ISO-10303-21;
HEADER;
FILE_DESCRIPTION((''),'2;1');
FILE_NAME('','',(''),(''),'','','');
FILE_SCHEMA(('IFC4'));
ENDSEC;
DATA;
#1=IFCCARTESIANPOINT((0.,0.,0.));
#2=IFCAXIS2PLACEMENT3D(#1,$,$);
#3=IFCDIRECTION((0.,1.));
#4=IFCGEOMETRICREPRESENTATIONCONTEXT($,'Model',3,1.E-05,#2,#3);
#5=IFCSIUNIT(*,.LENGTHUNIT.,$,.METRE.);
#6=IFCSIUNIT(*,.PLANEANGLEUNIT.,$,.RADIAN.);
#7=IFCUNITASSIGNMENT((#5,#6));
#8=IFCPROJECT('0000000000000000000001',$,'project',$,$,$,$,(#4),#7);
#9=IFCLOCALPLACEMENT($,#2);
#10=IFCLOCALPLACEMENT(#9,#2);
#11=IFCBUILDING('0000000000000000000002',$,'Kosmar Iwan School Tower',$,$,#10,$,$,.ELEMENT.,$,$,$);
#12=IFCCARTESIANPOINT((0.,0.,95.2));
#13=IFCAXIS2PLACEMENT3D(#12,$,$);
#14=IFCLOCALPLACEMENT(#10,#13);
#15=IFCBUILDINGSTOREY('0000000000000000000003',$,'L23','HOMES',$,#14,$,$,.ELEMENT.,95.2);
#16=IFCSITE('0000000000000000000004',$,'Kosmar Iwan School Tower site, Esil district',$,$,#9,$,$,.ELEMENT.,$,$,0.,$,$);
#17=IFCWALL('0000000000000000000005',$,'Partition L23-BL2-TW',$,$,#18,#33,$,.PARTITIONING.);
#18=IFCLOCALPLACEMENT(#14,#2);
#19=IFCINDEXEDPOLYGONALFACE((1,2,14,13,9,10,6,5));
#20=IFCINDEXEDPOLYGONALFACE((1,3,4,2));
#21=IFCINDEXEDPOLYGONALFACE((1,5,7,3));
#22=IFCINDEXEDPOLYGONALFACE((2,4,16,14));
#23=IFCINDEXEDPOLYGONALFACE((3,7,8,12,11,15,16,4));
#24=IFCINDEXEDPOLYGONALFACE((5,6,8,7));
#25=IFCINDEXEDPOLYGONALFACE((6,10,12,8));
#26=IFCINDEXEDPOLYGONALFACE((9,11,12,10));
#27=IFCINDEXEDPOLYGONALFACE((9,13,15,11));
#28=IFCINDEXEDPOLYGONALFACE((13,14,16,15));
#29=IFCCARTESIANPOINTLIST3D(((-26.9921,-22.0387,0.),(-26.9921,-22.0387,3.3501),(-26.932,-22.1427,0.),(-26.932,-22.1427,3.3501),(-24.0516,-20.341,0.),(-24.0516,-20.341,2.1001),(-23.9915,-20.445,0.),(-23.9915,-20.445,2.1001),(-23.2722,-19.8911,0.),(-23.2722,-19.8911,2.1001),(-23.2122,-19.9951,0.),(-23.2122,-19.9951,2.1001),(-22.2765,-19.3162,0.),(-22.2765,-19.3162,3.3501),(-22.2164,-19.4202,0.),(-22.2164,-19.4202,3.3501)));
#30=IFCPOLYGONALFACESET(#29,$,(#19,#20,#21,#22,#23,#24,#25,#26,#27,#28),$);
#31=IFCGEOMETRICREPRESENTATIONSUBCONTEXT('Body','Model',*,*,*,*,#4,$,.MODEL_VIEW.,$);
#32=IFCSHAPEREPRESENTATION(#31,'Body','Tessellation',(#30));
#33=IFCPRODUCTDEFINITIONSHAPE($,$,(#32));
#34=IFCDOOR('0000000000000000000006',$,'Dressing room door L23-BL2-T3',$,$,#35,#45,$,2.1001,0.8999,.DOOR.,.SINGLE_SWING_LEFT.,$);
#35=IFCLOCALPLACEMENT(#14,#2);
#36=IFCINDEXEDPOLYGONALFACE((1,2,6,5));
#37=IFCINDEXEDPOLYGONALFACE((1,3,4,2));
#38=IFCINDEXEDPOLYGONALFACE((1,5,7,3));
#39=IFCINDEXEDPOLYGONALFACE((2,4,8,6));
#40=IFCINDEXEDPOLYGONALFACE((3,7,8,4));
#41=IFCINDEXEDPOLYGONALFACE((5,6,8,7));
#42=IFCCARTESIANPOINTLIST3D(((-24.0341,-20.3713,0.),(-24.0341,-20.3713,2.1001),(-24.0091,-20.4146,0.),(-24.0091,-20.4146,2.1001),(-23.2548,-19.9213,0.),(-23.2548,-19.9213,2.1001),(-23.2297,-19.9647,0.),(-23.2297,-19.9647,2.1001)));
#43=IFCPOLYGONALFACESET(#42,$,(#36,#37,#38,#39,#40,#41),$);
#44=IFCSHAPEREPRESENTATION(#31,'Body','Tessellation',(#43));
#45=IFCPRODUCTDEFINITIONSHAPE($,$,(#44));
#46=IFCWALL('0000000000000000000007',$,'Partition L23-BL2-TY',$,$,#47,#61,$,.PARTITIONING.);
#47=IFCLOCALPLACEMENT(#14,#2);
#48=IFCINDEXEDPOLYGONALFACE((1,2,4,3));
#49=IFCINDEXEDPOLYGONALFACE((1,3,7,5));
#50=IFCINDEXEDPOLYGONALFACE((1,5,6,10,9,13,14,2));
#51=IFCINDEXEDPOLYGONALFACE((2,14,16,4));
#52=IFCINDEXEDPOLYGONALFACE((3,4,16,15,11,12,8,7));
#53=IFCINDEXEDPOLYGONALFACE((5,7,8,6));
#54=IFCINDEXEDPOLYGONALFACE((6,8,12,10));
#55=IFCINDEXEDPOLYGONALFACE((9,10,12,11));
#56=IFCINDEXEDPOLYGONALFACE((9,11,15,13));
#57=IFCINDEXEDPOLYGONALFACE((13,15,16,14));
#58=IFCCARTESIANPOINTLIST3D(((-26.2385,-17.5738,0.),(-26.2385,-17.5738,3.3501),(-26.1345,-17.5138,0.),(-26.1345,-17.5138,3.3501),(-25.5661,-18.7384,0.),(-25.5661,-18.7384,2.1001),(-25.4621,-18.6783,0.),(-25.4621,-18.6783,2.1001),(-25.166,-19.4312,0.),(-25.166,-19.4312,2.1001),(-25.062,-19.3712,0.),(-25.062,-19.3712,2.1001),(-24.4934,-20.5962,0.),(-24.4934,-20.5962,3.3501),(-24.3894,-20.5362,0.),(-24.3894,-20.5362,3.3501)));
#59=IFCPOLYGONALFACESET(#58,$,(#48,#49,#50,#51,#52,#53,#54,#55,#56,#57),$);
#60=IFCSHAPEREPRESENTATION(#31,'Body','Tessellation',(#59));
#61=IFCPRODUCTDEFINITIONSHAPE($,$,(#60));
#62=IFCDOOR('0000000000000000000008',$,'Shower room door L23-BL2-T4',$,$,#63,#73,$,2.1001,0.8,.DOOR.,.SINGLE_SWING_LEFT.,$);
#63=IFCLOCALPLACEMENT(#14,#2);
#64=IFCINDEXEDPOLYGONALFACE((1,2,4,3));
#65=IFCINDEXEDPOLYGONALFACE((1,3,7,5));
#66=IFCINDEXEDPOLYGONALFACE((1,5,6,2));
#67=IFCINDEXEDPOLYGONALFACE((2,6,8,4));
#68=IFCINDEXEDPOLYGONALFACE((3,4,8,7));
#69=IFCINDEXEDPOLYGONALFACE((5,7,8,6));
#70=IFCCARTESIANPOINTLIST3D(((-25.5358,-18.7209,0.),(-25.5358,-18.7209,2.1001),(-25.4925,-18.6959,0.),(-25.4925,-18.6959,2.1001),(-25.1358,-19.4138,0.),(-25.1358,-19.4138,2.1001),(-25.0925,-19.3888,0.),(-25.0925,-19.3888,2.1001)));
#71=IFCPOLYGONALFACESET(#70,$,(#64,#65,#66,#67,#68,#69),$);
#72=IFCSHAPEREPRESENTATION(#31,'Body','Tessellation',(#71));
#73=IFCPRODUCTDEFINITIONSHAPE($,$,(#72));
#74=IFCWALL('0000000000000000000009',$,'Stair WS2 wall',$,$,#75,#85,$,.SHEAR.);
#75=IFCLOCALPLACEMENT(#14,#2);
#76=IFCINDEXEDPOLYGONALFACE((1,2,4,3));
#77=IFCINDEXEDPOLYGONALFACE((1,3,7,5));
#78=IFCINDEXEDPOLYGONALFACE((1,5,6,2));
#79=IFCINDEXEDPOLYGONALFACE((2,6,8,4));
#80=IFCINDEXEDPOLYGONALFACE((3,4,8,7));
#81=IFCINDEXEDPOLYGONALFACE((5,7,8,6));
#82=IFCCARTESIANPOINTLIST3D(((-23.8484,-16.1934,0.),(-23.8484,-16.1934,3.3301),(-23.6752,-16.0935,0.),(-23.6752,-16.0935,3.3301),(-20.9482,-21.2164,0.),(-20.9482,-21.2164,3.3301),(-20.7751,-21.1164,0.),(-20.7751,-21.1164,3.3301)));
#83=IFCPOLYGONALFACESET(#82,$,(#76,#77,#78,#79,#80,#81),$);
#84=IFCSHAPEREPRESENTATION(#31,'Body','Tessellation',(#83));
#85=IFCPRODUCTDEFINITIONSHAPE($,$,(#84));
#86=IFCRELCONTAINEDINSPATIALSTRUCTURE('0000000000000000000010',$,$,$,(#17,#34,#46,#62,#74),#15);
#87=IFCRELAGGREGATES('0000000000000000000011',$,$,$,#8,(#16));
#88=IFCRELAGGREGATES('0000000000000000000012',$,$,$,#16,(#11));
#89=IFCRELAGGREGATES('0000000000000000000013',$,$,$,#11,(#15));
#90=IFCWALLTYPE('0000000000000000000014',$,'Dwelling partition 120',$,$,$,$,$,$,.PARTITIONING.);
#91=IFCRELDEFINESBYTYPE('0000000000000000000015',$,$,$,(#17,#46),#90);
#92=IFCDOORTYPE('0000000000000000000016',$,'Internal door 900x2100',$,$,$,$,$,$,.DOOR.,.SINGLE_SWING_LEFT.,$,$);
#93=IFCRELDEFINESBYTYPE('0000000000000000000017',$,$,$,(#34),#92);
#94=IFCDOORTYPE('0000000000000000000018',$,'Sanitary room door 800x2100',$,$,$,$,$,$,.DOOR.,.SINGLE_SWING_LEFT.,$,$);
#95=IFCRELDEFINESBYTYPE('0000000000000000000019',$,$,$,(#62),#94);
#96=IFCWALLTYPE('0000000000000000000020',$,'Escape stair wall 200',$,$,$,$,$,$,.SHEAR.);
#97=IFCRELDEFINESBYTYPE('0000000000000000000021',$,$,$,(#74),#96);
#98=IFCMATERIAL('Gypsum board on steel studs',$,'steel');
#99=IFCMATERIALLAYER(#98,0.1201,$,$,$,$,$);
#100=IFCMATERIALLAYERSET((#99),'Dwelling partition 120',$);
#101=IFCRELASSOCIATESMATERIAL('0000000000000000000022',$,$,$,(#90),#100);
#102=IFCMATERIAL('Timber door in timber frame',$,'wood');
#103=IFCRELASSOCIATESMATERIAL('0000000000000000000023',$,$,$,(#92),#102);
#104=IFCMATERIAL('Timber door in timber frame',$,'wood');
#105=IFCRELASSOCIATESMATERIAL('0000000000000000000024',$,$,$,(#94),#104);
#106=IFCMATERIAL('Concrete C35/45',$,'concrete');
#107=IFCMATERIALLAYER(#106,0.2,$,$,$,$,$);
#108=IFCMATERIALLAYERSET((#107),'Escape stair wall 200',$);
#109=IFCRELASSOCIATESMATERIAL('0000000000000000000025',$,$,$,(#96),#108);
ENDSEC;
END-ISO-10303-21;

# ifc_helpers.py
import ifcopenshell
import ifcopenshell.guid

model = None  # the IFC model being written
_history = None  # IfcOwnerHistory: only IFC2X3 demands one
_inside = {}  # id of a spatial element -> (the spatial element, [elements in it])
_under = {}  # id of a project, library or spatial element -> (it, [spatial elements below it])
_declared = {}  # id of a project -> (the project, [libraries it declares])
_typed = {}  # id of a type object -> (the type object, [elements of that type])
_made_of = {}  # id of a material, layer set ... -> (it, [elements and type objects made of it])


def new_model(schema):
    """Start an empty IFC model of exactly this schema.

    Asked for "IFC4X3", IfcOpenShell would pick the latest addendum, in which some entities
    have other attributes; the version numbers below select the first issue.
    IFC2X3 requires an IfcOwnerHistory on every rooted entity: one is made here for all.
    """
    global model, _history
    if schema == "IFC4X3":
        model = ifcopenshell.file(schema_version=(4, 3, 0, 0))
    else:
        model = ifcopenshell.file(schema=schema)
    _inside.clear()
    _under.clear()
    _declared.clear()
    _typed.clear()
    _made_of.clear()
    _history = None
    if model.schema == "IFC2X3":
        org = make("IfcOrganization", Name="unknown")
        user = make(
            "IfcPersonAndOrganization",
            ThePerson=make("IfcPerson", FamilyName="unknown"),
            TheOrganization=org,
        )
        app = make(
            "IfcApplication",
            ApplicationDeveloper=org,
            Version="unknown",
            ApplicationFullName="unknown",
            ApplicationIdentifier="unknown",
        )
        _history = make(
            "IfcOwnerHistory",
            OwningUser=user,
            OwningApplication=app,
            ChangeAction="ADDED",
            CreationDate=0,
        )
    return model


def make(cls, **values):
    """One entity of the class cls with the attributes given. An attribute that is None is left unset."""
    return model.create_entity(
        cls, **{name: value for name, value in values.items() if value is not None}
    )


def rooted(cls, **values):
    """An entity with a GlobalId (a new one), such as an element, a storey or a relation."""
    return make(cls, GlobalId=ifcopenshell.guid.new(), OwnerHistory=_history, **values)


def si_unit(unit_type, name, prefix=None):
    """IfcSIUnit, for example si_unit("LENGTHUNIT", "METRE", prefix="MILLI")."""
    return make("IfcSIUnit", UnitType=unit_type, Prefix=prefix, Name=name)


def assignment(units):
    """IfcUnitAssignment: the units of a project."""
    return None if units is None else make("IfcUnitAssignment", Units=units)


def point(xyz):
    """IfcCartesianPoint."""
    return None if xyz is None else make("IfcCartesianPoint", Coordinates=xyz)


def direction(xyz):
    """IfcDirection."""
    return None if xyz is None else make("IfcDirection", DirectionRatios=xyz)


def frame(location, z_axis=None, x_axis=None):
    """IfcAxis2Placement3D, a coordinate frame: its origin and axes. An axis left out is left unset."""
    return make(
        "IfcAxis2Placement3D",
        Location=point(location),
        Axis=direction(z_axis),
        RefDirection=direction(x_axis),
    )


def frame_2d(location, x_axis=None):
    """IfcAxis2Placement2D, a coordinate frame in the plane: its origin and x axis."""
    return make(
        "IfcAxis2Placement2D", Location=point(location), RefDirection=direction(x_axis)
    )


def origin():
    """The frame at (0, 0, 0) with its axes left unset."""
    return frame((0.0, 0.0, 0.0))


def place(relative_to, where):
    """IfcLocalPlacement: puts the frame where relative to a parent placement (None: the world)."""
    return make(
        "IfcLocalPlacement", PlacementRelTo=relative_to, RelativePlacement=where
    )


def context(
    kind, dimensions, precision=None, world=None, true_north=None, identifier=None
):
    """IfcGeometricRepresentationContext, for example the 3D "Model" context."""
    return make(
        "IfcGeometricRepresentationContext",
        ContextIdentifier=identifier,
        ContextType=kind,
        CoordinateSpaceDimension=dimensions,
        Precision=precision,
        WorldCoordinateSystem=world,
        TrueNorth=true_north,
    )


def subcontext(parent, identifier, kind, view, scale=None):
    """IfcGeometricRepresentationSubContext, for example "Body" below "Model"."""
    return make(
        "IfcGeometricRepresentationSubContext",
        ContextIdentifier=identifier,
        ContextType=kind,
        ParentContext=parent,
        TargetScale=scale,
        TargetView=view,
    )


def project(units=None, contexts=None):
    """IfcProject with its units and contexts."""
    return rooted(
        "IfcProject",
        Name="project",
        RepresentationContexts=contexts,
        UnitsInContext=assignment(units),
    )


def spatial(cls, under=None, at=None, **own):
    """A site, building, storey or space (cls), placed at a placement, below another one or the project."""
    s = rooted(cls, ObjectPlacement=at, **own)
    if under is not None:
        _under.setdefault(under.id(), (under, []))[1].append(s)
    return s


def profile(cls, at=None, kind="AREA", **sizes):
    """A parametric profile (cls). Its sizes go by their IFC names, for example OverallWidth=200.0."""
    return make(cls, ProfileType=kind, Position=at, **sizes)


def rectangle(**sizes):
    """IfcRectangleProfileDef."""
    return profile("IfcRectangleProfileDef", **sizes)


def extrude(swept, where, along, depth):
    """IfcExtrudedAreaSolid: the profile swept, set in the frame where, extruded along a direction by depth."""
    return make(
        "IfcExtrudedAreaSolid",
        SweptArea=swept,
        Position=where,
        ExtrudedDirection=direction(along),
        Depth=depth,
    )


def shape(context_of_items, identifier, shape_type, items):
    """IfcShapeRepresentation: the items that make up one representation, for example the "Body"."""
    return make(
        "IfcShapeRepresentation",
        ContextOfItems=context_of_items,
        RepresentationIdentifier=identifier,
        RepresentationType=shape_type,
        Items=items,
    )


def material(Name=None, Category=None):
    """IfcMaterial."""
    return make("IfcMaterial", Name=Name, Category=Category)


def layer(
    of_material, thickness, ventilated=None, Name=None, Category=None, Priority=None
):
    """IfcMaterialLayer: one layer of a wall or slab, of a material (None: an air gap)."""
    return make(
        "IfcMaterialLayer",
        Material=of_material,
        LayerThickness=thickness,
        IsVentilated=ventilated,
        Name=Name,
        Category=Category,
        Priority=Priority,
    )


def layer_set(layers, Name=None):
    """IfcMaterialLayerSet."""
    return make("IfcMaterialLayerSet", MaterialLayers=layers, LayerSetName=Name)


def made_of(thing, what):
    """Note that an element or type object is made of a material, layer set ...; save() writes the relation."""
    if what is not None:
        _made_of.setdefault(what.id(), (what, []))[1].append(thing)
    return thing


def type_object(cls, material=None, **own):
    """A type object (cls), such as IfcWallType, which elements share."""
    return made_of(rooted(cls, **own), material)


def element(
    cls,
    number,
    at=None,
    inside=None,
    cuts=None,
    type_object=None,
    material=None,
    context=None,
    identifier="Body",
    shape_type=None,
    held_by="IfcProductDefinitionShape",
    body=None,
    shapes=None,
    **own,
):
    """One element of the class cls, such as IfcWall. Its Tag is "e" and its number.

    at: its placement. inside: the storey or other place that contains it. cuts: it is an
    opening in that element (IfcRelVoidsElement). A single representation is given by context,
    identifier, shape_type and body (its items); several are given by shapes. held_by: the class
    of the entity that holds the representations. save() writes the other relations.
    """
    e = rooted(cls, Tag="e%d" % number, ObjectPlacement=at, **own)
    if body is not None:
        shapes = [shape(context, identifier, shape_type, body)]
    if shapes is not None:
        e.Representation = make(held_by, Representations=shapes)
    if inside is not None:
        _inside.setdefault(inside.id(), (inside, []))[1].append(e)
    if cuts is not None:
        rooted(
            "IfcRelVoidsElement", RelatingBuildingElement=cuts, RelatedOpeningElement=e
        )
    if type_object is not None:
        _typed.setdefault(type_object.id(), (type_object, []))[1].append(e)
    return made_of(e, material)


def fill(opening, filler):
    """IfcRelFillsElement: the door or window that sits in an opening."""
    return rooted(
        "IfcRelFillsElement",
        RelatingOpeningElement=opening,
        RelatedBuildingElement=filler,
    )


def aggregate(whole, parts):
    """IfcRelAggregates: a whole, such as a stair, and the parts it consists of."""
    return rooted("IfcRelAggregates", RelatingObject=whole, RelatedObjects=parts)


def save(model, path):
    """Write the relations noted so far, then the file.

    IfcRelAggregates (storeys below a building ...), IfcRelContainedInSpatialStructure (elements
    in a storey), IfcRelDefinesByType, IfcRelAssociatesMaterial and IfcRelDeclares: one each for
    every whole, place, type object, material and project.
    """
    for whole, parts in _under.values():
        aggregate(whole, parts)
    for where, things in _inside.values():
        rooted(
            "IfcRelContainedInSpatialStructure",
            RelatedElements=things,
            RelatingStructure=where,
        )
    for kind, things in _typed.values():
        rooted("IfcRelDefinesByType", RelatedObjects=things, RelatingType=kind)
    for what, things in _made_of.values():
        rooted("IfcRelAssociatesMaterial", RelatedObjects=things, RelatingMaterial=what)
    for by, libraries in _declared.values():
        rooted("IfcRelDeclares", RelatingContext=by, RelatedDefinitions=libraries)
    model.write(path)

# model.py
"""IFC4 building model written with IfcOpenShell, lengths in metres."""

from ifc_helpers import new_model, si_unit, direction, frame, frame_2d, origin, place, context, subcontext, project, spatial, rectangle, extrude, material, layer, layer_set, type_object, element, fill, save


model = new_model("IFC4")

# Units and contexts
model_context = context("Model", 3, precision=1e-05, world=origin(), true_north=direction((0.0, 1.0)))
body_context = subcontext(model_context, "Body", "Model", "MODEL_VIEW")
ifc_project = project(units=[si_unit("LENGTHUNIT", "METRE"), si_unit("PLANEANGLEUNIT", "RADIAN")], contexts=[model_context])

# Site, building, storey
site_placement = place(None, origin())
site = spatial("IfcSite", under=ifc_project, at=site_placement, Name="Kosmar Iwan School Tower site, Esil district", CompositionType="ELEMENT", RefElevation=0.0)
building_placement = place(site_placement, origin())
building = spatial("IfcBuilding", under=site, at=building_placement, Name="Kosmar Iwan School Tower", CompositionType="ELEMENT")
storey_placement = place(building_placement, frame((0.0, 0.0, 95.2)))
storey = spatial("IfcBuildingStorey", under=building, at=storey_placement, Name="L23", Description="HOMES", CompositionType="ELEMENT", Elevation=95.2)

# Walls, openings, doors
ifc_material_1 = material(Name="Gypsum board on steel studs", Category="steel")
ifc_layer_1 = layer(ifc_material_1, 0.1201)
ifc_layer_set_1 = layer_set([ifc_layer_1], Name="Dwelling partition 120")
wall_type_1 = type_object("IfcWallType", Name="Dwelling partition 120", PredefinedType="PARTITIONING", material=ifc_layer_set_1)
ifc_material_2 = material(Name="Timber door in timber frame", Category="wood")
door_type_1 = type_object("IfcDoorType", Name="Internal door 900x2100", OperationType="SINGLE_SWING_LEFT", PredefinedType="DOOR", material=ifc_material_2)
wall_1_placement = place(storey_placement, frame((-22.2463, -19.3682, 0.0), z_axis=(0.0, 0.0, 1.0), x_axis=(-0.866036, -0.499982, 0.0)))
wall_1 = element("IfcWall", 1, at=wall_1_placement, inside=storey, type_object=wall_type_1, Name="Partition L23-BL2-TW", PredefinedType="PARTITIONING", context=body_context, shape_type="SweptSolid", body=[
    extrude(rectangle(XDim=5.4451, YDim=0.1201, at=frame_2d((2.7227, 0.0))), origin(), (0.0, 0.0, 1.0), 3.3501),
])
opening_1_placement = place(wall_1_placement, frame((1.1499, 0.0, 0.0)))
opening_1 = element("IfcOpeningElement", 2, at=opening_1_placement, cuts=wall_1, PredefinedType="OPENING", context=body_context, shape_type="SweptSolid", body=[
    extrude(rectangle(XDim=0.8999, YDim=2.1001, at=frame_2d((0.45, 1.05))), frame((0.0, 0.072, 0.0), z_axis=(0.0, -1.0, 0.0), x_axis=(1.0, 0.0, 0.0)), (0.0, 0.0, 1.0), 0.144),
])
door_1_placement = place(opening_1_placement, origin())
door_1 = element("IfcDoor", 3, at=door_1_placement, inside=storey, type_object=door_type_1, Name="Dressing room door L23-BL2-T3", OperationType="SINGLE_SWING_LEFT", OverallHeight=2.1001, OverallWidth=0.8999, PredefinedType="DOOR", context=body_context, shape_type="SweptSolid", body=[
    extrude(rectangle(XDim=0.8999, YDim=2.1001, at=frame_2d((0.45, 1.05))), frame((0.0, 0.0249, 0.0), z_axis=(0.0, -1.0, 0.0), x_axis=(1.0, 0.0, 0.0)), (0.0, 0.0, 1.0), 0.05),
])
fill(opening_1, door_1)
wall_2_placement = place(storey_placement, frame((-26.1865, -17.5437, 0.0), z_axis=(0.0, 0.0, 1.0), x_axis=(0.500021, -0.866013, 0.0)))
wall_2 = element("IfcWall", 4, at=wall_2_placement, inside=storey, type_object=wall_type_1, Name="Partition L23-BL2-TY", PredefinedType="PARTITIONING", context=body_context, shape_type="SweptSolid", body=[
    extrude(rectangle(XDim=3.49, YDim=0.1201, at=frame_2d((1.7451, 0.0))), origin(), (0.0, 0.0, 1.0), 3.3501),
])
opening_2_placement = place(wall_2_placement, frame((1.345, 0.0, 0.0)))
opening_2 = element("IfcOpeningElement", 5, at=opening_2_placement, cuts=wall_2, PredefinedType="OPENING", context=body_context, shape_type="SweptSolid", body=[
    extrude(rectangle(XDim=0.8, YDim=2.1001, at=frame_2d((0.3999, 1.05))), frame((0.0, 0.072, 0.0), z_axis=(0.0, -1.0, 0.0), x_axis=(1.0, 0.0, 0.0)), (0.0, 0.0, 1.0), 0.144),
])
ifc_material_3 = material(Name="Timber door in timber frame", Category="wood")
door_type_2 = type_object("IfcDoorType", Name="Sanitary room door 800x2100", OperationType="SINGLE_SWING_LEFT", PredefinedType="DOOR", material=ifc_material_3)
door_2_placement = place(opening_2_placement, origin())
door_2 = element("IfcDoor", 6, at=door_2_placement, inside=storey, type_object=door_type_2, Name="Shower room door L23-BL2-T4", OperationType="SINGLE_SWING_LEFT", OverallHeight=2.1001, OverallWidth=0.8, PredefinedType="DOOR", context=body_context, shape_type="SweptSolid", body=[
    extrude(rectangle(XDim=0.8, YDim=2.1001, at=frame_2d((0.3999, 1.05))), frame((0.0, 0.0249, 0.0), z_axis=(0.0, -1.0, 0.0), x_axis=(1.0, 0.0, 0.0)), (0.0, 0.0, 1.0), 0.05),
])
fill(opening_2, door_2)

# Wall
ifc_material_4 = material(Name="Concrete C35/45", Category="concrete")
ifc_layer_2 = layer(ifc_material_4, 0.2)
ifc_layer_set_2 = layer_set([ifc_layer_2], Name="Escape stair wall 200")
wall_type_2 = type_object("IfcWallType", Name="Escape stair wall 200", PredefinedType="SHEAR", material=ifc_layer_set_2)
wall_3_placement = place(storey_placement, frame((-23.7617, -16.1436, 0.0), z_axis=(0.0, 0.0, 1.0), x_axis=(0.500019, -0.866015, 0.0)))
element("IfcWall", 7, at=wall_3_placement, inside=storey, type_object=wall_type_2, Name="Stair WS2 wall", PredefinedType="SHEAR", context=body_context, shape_type="SweptSolid", body=[
    extrude(rectangle(XDim=5.8, YDim=0.2, at=frame_2d((2.8999, 0.0))), origin(), (0.0, 0.0, 1.0), 3.3301),
])

save(model, "model.ifc")
